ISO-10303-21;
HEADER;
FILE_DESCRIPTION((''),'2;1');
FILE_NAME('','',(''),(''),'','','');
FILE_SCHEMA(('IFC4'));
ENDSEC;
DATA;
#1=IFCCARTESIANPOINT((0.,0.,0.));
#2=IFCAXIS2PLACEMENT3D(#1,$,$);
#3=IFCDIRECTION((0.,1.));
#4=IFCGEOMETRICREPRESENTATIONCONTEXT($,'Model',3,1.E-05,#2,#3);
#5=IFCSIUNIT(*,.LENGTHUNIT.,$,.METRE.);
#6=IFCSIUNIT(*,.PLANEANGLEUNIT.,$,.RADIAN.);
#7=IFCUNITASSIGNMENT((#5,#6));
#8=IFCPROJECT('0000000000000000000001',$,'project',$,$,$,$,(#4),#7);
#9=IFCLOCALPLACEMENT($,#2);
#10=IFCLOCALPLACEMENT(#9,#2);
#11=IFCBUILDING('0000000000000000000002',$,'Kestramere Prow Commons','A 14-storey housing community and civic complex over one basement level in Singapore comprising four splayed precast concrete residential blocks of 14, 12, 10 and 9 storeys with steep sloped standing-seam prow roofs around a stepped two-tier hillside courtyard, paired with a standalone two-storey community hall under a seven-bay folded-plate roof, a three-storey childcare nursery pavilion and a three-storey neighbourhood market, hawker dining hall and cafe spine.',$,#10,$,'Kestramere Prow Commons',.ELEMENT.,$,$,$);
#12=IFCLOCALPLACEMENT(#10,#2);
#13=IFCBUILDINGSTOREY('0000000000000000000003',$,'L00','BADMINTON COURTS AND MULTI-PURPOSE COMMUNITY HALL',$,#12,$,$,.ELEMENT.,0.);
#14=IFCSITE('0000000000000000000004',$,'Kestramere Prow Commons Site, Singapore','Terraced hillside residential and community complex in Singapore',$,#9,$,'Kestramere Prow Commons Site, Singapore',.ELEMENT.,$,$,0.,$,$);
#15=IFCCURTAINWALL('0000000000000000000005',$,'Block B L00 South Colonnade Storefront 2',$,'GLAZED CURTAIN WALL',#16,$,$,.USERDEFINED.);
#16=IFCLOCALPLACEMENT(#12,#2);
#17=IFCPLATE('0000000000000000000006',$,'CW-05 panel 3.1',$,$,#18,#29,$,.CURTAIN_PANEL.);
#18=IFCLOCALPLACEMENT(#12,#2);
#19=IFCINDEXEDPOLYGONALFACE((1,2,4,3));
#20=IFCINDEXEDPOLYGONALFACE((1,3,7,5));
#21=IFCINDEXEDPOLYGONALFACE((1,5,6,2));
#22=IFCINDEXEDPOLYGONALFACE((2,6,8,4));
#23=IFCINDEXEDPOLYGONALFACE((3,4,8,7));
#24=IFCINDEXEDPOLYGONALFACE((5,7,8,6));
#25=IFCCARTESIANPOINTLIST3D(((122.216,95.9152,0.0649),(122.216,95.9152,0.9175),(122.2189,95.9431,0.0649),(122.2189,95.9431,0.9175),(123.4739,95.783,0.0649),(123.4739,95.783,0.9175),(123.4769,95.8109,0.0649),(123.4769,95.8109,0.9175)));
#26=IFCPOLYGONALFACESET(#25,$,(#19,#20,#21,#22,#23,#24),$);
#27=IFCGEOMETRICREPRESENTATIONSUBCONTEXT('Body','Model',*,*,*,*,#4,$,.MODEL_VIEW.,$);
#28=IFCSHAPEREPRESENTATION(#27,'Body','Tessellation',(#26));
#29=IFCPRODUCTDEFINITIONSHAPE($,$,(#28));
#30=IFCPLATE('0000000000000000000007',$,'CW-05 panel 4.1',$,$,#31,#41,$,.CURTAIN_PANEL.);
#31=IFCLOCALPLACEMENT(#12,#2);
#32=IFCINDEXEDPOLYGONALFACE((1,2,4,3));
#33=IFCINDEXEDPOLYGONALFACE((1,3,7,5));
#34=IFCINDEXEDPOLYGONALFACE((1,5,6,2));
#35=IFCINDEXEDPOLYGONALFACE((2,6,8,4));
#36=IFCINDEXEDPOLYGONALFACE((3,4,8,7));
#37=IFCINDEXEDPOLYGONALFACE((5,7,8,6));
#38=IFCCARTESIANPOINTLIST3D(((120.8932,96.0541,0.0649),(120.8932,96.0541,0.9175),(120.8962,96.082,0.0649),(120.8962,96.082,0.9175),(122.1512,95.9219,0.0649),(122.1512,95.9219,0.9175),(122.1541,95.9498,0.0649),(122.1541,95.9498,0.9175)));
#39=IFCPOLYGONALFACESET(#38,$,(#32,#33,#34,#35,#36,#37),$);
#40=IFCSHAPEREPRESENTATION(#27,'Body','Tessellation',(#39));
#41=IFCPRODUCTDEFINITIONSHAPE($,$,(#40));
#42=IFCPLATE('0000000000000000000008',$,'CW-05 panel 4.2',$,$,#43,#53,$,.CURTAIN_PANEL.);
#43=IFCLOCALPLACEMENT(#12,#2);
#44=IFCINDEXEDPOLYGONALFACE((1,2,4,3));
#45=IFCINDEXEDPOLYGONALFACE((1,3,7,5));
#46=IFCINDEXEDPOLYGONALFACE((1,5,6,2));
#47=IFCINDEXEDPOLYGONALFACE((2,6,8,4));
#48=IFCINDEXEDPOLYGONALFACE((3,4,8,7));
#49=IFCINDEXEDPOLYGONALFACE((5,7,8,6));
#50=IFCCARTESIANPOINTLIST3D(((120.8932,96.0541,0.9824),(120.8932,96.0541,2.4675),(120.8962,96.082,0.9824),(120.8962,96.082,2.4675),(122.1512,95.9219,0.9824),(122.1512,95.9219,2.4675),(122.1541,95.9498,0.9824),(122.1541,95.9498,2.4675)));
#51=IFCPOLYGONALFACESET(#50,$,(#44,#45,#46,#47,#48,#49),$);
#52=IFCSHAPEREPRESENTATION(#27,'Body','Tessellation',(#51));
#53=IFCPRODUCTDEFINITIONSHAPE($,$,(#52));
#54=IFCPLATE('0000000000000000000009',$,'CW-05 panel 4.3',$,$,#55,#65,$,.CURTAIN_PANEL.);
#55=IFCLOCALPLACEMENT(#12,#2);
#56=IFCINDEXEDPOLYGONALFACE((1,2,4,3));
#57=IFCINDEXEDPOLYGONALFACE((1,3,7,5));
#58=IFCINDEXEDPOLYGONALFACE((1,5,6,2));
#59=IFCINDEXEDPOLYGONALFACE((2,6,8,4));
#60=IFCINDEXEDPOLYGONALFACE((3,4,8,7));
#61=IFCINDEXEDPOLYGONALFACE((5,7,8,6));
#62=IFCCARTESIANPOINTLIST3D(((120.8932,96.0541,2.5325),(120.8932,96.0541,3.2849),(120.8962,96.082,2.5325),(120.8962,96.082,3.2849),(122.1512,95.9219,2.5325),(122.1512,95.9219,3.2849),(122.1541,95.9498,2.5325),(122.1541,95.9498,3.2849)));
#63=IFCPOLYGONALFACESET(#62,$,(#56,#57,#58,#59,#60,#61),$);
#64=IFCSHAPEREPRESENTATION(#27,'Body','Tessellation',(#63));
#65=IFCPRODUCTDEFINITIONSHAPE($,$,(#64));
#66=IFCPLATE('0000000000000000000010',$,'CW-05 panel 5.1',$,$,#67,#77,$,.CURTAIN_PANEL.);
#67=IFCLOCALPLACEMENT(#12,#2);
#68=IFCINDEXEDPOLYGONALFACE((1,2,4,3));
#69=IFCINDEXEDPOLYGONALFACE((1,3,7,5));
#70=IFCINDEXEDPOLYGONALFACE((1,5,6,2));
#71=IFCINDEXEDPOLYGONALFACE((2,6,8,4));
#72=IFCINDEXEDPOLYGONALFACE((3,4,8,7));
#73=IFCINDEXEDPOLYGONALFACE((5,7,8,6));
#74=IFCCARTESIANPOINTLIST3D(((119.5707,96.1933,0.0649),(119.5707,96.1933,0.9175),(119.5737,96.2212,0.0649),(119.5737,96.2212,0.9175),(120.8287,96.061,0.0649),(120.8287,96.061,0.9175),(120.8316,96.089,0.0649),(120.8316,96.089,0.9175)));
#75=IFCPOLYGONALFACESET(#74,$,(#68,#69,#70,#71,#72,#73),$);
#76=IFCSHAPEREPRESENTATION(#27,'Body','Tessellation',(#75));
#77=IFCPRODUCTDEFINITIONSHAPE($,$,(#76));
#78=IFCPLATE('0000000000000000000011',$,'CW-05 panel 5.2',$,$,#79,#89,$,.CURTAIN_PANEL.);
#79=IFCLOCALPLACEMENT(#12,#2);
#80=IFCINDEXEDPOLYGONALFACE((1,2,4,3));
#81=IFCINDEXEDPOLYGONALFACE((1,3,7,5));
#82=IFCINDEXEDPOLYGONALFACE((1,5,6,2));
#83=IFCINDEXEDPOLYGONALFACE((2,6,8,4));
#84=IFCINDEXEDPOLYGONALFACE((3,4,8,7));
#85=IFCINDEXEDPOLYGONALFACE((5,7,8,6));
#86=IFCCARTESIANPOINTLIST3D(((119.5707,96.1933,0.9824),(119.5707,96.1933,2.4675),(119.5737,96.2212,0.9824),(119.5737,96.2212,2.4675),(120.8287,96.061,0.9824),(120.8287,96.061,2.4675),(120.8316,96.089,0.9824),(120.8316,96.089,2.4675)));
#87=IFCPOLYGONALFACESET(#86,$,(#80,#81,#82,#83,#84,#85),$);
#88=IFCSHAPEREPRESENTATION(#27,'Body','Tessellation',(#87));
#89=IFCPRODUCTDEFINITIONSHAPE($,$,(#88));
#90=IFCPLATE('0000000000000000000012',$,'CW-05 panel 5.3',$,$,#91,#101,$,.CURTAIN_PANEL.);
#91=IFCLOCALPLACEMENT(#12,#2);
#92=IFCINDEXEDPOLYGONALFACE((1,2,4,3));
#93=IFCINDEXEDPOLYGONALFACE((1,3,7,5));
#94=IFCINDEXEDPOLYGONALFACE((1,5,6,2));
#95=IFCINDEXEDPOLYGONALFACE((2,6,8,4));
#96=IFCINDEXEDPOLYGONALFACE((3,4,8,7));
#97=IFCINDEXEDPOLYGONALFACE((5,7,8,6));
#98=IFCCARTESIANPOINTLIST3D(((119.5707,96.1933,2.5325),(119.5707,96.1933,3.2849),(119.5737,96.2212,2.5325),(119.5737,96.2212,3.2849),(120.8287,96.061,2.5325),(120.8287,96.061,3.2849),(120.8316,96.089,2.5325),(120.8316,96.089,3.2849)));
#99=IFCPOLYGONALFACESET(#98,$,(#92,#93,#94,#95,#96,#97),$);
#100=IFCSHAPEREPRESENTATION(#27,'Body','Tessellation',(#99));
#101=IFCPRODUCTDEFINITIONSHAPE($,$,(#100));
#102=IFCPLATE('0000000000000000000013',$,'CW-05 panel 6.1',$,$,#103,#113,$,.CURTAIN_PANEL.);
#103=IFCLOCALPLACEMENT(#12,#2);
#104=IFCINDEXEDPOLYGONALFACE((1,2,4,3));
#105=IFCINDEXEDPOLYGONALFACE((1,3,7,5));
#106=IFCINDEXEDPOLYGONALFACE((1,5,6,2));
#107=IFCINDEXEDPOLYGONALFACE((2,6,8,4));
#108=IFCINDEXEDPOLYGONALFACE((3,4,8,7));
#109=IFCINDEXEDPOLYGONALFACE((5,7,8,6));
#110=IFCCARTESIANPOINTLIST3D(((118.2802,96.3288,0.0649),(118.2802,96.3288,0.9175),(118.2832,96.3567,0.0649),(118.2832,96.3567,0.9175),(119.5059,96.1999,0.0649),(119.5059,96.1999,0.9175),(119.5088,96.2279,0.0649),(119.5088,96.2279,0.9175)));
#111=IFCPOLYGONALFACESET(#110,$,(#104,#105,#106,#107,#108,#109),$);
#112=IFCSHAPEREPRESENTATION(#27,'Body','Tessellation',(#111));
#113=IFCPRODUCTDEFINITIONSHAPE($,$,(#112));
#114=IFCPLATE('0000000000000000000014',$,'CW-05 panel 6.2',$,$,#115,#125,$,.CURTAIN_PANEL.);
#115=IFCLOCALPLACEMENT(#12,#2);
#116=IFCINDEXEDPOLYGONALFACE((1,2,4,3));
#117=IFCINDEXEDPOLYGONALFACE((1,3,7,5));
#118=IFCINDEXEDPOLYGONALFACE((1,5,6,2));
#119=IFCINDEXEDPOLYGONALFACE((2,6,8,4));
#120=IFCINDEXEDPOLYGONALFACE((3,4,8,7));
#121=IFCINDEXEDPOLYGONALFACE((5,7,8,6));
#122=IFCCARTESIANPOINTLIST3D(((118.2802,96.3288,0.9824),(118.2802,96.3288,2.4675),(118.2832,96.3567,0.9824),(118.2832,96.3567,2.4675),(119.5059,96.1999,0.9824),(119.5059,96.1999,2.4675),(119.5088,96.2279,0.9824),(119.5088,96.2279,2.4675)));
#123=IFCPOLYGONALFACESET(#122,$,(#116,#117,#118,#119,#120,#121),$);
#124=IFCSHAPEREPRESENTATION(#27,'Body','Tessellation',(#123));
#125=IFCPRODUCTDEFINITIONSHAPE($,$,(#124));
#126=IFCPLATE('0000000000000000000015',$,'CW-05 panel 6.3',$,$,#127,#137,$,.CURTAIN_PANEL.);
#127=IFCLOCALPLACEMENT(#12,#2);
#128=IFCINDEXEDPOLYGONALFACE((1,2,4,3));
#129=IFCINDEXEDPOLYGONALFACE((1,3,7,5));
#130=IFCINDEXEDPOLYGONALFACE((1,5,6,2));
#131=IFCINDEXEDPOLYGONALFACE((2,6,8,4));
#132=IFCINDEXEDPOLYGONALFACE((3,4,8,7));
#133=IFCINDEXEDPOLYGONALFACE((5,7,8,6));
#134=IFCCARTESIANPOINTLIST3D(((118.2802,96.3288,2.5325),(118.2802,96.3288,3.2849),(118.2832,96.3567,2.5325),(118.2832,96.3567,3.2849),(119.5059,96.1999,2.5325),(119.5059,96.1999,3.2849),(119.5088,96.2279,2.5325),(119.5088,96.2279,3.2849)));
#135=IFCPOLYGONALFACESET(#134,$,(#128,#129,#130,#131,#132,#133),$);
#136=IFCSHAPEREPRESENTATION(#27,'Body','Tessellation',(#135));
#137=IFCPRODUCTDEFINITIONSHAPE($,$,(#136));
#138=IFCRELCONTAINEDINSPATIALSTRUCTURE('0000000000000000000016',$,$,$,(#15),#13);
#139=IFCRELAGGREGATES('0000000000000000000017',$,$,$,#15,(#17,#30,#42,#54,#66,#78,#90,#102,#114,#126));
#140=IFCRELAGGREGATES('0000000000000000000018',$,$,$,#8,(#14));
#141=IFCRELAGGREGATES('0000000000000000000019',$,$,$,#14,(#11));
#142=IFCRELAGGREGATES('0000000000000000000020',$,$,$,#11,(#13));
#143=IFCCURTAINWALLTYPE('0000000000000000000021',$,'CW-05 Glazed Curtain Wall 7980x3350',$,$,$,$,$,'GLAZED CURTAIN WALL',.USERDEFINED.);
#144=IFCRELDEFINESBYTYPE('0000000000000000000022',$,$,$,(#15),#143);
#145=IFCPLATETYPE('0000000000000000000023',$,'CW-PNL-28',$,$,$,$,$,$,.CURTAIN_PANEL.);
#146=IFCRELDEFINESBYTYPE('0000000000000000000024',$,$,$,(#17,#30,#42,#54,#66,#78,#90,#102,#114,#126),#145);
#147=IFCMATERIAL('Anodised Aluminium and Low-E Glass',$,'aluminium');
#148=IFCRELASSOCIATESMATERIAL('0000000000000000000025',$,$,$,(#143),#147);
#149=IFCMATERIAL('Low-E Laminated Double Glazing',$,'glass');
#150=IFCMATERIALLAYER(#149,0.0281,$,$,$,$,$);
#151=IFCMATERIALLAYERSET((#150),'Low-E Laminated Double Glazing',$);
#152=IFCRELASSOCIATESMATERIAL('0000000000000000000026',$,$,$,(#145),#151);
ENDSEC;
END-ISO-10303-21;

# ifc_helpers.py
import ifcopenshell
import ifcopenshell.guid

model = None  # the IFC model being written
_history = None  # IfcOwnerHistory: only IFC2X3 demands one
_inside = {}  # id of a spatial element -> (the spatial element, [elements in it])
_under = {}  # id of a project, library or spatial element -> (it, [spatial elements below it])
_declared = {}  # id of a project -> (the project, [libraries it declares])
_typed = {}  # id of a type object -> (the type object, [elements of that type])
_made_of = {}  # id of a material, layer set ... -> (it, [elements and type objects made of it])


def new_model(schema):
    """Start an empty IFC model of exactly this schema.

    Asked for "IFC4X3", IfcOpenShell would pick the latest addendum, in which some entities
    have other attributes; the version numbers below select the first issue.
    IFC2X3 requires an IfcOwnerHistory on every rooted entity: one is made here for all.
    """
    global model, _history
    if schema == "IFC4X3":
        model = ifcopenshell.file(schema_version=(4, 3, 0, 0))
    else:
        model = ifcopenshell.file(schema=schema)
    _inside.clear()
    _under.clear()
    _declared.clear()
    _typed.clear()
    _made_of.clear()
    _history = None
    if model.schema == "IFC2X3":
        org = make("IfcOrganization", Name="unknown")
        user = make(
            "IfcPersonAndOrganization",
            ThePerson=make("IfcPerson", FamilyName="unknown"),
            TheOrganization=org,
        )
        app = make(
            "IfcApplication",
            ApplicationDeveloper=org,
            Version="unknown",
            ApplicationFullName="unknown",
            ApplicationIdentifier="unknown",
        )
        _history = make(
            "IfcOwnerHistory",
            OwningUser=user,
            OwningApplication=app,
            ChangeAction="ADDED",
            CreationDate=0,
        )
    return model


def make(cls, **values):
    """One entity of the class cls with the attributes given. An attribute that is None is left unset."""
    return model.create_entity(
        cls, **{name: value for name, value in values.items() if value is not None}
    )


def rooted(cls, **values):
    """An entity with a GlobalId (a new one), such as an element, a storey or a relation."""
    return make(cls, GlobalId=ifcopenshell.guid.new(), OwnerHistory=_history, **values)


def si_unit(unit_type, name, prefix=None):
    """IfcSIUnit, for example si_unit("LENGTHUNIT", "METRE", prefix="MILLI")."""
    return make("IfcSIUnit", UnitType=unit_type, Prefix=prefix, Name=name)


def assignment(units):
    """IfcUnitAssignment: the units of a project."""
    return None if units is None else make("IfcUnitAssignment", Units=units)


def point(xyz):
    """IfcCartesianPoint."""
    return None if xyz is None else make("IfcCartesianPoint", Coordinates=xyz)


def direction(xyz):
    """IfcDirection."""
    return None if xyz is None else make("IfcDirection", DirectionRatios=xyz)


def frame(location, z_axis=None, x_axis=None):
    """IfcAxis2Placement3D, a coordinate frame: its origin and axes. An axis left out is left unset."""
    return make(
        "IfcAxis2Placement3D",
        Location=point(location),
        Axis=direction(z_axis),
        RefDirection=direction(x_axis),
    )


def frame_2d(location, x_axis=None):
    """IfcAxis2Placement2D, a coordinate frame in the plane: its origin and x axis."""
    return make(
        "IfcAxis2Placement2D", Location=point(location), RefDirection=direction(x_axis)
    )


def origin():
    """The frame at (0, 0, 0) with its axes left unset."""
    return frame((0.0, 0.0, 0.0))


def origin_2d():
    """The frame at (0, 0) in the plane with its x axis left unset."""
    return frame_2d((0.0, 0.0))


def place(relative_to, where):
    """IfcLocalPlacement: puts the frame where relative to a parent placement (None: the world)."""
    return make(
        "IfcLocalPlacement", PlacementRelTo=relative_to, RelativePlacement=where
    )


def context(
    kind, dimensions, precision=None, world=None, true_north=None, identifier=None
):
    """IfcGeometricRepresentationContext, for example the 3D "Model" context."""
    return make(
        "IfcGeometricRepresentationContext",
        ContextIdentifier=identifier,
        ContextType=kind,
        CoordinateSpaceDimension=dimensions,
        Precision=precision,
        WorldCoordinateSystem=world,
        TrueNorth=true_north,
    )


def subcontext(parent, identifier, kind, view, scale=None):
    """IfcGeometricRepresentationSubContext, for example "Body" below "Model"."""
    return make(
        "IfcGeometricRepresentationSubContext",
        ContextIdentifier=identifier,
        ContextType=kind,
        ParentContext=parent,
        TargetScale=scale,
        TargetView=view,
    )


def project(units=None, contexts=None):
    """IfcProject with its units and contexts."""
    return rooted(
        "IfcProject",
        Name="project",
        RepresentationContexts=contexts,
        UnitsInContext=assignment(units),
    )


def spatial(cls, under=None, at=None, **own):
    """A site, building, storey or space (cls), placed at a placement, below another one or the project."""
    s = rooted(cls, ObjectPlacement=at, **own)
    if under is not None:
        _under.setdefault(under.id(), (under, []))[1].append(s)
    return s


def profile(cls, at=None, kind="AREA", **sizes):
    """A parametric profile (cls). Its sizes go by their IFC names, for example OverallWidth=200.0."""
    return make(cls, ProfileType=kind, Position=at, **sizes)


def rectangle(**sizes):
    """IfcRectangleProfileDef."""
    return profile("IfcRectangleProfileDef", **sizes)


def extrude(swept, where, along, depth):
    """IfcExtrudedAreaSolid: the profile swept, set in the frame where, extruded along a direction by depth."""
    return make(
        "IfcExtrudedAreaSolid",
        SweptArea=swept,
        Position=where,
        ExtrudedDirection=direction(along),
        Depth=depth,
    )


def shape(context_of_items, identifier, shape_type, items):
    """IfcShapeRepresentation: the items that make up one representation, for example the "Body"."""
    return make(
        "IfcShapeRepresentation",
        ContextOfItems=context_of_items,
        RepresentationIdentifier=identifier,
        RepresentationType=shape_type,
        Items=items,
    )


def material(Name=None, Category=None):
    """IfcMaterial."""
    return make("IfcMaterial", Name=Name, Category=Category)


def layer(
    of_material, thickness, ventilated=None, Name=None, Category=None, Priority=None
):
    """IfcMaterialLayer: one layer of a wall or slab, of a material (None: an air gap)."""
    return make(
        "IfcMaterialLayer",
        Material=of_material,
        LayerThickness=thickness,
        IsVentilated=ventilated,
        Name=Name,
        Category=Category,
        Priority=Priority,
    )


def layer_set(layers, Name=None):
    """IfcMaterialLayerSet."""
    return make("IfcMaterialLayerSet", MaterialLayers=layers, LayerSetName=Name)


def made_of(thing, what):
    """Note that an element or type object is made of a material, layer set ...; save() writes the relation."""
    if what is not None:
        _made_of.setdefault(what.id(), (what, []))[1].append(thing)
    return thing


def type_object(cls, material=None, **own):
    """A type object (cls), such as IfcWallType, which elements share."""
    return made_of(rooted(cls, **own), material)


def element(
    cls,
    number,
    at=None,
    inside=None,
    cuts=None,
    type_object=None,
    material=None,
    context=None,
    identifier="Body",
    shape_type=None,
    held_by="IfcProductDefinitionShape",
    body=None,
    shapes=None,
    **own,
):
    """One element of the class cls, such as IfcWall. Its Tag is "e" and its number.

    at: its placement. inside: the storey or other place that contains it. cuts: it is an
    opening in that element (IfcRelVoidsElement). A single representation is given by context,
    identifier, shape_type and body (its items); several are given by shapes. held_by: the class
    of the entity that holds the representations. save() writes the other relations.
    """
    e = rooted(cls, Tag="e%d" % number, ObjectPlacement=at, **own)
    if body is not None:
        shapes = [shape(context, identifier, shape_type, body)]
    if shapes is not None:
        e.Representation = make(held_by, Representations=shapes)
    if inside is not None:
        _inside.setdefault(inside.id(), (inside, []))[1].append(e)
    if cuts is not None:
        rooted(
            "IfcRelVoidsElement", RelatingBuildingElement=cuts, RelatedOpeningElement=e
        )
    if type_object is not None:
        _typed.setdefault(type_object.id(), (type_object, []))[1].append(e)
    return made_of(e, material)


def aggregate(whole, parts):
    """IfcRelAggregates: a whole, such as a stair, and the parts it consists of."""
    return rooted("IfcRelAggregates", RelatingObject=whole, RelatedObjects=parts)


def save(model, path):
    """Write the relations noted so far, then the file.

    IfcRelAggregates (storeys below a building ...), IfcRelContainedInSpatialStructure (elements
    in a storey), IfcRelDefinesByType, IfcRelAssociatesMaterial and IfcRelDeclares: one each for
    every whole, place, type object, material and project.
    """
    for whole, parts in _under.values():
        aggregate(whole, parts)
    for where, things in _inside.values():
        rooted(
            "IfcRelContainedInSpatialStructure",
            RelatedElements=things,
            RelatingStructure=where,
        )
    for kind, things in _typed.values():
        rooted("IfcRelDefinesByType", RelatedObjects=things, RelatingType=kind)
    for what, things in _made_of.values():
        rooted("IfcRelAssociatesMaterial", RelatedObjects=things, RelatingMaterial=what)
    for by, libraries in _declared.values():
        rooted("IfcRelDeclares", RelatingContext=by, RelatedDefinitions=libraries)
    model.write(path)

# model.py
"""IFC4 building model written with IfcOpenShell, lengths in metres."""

from ifc_helpers import new_model, si_unit, direction, frame, origin, origin_2d, place, context, subcontext, project, spatial, rectangle, extrude, material, layer, layer_set, type_object, element, aggregate, save


model = new_model("IFC4")

# Units and contexts
model_context = context("Model", 3, precision=1e-05, world=origin(), true_north=direction((0.0, 1.0)))
body_context = subcontext(model_context, "Body", "Model", "MODEL_VIEW")
ifc_project = project(units=[si_unit("LENGTHUNIT", "METRE"), si_unit("PLANEANGLEUNIT", "RADIAN")], contexts=[model_context])

# Site, building, storey
site_placement = place(None, origin())
site = spatial("IfcSite", under=ifc_project, at=site_placement, Name="Kestramere Prow Commons Site, Singapore", Description="Terraced hillside residential and community complex in Singapore", LongName="Kestramere Prow Commons Site, Singapore", CompositionType="ELEMENT", RefElevation=0.0)
building_placement = place(site_placement, origin())
building = spatial("IfcBuilding", under=site, at=building_placement, Name="Kestramere Prow Commons", Description="A 14-storey housing community and civic complex over one basement level in Singapore comprising four splayed precast concrete residential blocks of 14, 12, 10 and 9 storeys with steep sloped standing-seam prow roofs around a stepped two-tier hillside courtyard, paired with a standalone two-storey community hall under a seven-bay folded-plate roof, a three-storey childcare nursery pavilion and a three-storey neighbourhood market, hawker dining hall and cafe spine.", LongName="Kestramere Prow Commons", CompositionType="ELEMENT")
storey_placement = place(building_placement, origin())
storey = spatial("IfcBuildingStorey", under=building, at=storey_placement, Name="L00", Description="BADMINTON COURTS AND MULTI-PURPOSE COMMUNITY HALL", CompositionType="ELEMENT", Elevation=0.0)

# Curtain wall, plates
ifc_material_1 = material(Name="Anodised Aluminium and Low-E Glass", Category="aluminium")
curtain_wall_type = type_object("IfcCurtainWallType", Name="CW-05 Glazed Curtain Wall 7980x3350", ElementType="GLAZED CURTAIN WALL", PredefinedType="USERDEFINED", material=ifc_material_1)
curtain_wall_placement = place(storey_placement, origin())
curtain_wall = element("IfcCurtainWall", 1, at=curtain_wall_placement, inside=storey, type_object=curtain_wall_type, Name="Block B L00 South Colonnade Storefront 2", ObjectType="GLAZED CURTAIN WALL", PredefinedType="USERDEFINED")
ifc_material_2 = material(Name="Low-E Laminated Double Glazing", Category="glass")
ifc_layer = layer(ifc_material_2, 0.0281)
ifc_layer_set = layer_set([ifc_layer], Name="Low-E Laminated Double Glazing")
plate_type = type_object("IfcPlateType", Name="CW-PNL-28", PredefinedType="CURTAIN_PANEL", material=ifc_layer_set)
plate_1_placement = place(storey_placement, frame((122.8464, 95.863, 0.0649), z_axis=(0.0, 0.0, 1.0), x_axis=(-0.994522, 0.104529, 0.0)))
plate_1 = element("IfcPlate", 2, at=plate_1_placement, type_object=plate_type, Name="CW-05 panel 3.1", PredefinedType="CURTAIN_PANEL", context=body_context, shape_type="SweptSolid", body=[
    extrude(rectangle(XDim=1.2649, YDim=0.0281, at=origin_2d()), origin(), (0.0, 0.0, 1.0), 0.8525),
])
plate_2_placement = place(storey_placement, frame((121.5237, 96.002, 0.0649), z_axis=(0.0, 0.0, 1.0), x_axis=(-0.994522, 0.104529, 0.0)))
plate_2 = element("IfcPlate", 3, at=plate_2_placement, type_object=plate_type, Name="CW-05 panel 4.1", PredefinedType="CURTAIN_PANEL", context=body_context, shape_type="SweptSolid", body=[
    extrude(rectangle(XDim=1.2649, YDim=0.0281, at=origin_2d()), origin(), (0.0, 0.0, 1.0), 0.8525),
])
plate_3_placement = place(storey_placement, frame((121.5237, 96.002, 0.9824), z_axis=(0.0, 0.0, 1.0), x_axis=(-0.994522, 0.104529, 0.0)))
plate_3 = element("IfcPlate", 4, at=plate_3_placement, type_object=plate_type, Name="CW-05 panel 4.2", PredefinedType="CURTAIN_PANEL", context=body_context, shape_type="SweptSolid", body=[
    extrude(rectangle(XDim=1.2649, YDim=0.0281, at=origin_2d()), origin(), (0.0, 0.0, 1.0), 1.4851),
])
plate_4_placement = place(storey_placement, frame((121.5237, 96.002, 2.5325), z_axis=(0.0, 0.0, 1.0), x_axis=(-0.994522, 0.104529, 0.0)))
plate_4 = element("IfcPlate", 5, at=plate_4_placement, type_object=plate_type, Name="CW-05 panel 4.3", PredefinedType="CURTAIN_PANEL", context=body_context, shape_type="SweptSolid", body=[
    extrude(rectangle(XDim=1.2649, YDim=0.0281, at=origin_2d()), origin(), (0.0, 0.0, 1.0), 0.7524),
])
plate_5_placement = place(storey_placement, frame((120.2012, 96.1411, 0.0649), z_axis=(0.0, 0.0, 1.0), x_axis=(-0.994522, 0.104529, 0.0)))
plate_5 = element("IfcPlate", 6, at=plate_5_placement, type_object=plate_type, Name="CW-05 panel 5.1", PredefinedType="CURTAIN_PANEL", context=body_context, shape_type="SweptSolid", body=[
    extrude(rectangle(XDim=1.2649, YDim=0.0281, at=origin_2d()), origin(), (0.0, 0.0, 1.0), 0.8525),
])
plate_6_placement = place(storey_placement, frame((120.2012, 96.1411, 0.9824), z_axis=(0.0, 0.0, 1.0), x_axis=(-0.994522, 0.104529, 0.0)))
plate_6 = element("IfcPlate", 7, at=plate_6_placement, type_object=plate_type, Name="CW-05 panel 5.2", PredefinedType="CURTAIN_PANEL", context=body_context, shape_type="SweptSolid", body=[
    extrude(rectangle(XDim=1.2649, YDim=0.0281, at=origin_2d()), origin(), (0.0, 0.0, 1.0), 1.4851),
])
plate_7_placement = place(storey_placement, frame((120.2012, 96.1411, 2.5325), z_axis=(0.0, 0.0, 1.0), x_axis=(-0.994522, 0.104529, 0.0)))
plate_7 = element("IfcPlate", 8, at=plate_7_placement, type_object=plate_type, Name="CW-05 panel 5.3", PredefinedType="CURTAIN_PANEL", context=body_context, shape_type="SweptSolid", body=[
    extrude(rectangle(XDim=1.2649, YDim=0.0281, at=origin_2d()), origin(), (0.0, 0.0, 1.0), 0.7524),
])
plate_8_placement = place(storey_placement, frame((118.8945, 96.2783, 0.0649), z_axis=(0.0, 0.0, 1.0), x_axis=(-0.994522, 0.104529, 0.0)))
plate_8 = element("IfcPlate", 9, at=plate_8_placement, type_object=plate_type, Name="CW-05 panel 6.1", PredefinedType="CURTAIN_PANEL", context=body_context, shape_type="SweptSolid", body=[
    extrude(rectangle(XDim=1.2324, YDim=0.0281, at=origin_2d()), origin(), (0.0, 0.0, 1.0), 0.8525),
])
plate_9_placement = place(storey_placement, frame((118.8945, 96.2783, 0.9824), z_axis=(0.0, 0.0, 1.0), x_axis=(-0.994522, 0.104529, 0.0)))
plate_9 = element("IfcPlate", 10, at=plate_9_placement, type_object=plate_type, Name="CW-05 panel 6.2", PredefinedType="CURTAIN_PANEL", context=body_context, shape_type="SweptSolid", body=[
    extrude(rectangle(XDim=1.2324, YDim=0.0281, at=origin_2d()), origin(), (0.0, 0.0, 1.0), 1.4851),
])
plate_10_placement = place(storey_placement, frame((118.8945, 96.2783, 2.5325), z_axis=(0.0, 0.0, 1.0), x_axis=(-0.994522, 0.104529, 0.0)))
plate_10 = element("IfcPlate", 11, at=plate_10_placement, type_object=plate_type, Name="CW-05 panel 6.3", PredefinedType="CURTAIN_PANEL", context=body_context, shape_type="SweptSolid", body=[
    extrude(rectangle(XDim=1.2324, YDim=0.0281, at=origin_2d()), origin(), (0.0, 0.0, 1.0), 0.7524),
])
aggregate(curtain_wall, [plate_1, plate_2, plate_3, plate_4, plate_5, plate_6, plate_7, plate_8, plate_9, plate_10])

save(model, "model.ifc")
